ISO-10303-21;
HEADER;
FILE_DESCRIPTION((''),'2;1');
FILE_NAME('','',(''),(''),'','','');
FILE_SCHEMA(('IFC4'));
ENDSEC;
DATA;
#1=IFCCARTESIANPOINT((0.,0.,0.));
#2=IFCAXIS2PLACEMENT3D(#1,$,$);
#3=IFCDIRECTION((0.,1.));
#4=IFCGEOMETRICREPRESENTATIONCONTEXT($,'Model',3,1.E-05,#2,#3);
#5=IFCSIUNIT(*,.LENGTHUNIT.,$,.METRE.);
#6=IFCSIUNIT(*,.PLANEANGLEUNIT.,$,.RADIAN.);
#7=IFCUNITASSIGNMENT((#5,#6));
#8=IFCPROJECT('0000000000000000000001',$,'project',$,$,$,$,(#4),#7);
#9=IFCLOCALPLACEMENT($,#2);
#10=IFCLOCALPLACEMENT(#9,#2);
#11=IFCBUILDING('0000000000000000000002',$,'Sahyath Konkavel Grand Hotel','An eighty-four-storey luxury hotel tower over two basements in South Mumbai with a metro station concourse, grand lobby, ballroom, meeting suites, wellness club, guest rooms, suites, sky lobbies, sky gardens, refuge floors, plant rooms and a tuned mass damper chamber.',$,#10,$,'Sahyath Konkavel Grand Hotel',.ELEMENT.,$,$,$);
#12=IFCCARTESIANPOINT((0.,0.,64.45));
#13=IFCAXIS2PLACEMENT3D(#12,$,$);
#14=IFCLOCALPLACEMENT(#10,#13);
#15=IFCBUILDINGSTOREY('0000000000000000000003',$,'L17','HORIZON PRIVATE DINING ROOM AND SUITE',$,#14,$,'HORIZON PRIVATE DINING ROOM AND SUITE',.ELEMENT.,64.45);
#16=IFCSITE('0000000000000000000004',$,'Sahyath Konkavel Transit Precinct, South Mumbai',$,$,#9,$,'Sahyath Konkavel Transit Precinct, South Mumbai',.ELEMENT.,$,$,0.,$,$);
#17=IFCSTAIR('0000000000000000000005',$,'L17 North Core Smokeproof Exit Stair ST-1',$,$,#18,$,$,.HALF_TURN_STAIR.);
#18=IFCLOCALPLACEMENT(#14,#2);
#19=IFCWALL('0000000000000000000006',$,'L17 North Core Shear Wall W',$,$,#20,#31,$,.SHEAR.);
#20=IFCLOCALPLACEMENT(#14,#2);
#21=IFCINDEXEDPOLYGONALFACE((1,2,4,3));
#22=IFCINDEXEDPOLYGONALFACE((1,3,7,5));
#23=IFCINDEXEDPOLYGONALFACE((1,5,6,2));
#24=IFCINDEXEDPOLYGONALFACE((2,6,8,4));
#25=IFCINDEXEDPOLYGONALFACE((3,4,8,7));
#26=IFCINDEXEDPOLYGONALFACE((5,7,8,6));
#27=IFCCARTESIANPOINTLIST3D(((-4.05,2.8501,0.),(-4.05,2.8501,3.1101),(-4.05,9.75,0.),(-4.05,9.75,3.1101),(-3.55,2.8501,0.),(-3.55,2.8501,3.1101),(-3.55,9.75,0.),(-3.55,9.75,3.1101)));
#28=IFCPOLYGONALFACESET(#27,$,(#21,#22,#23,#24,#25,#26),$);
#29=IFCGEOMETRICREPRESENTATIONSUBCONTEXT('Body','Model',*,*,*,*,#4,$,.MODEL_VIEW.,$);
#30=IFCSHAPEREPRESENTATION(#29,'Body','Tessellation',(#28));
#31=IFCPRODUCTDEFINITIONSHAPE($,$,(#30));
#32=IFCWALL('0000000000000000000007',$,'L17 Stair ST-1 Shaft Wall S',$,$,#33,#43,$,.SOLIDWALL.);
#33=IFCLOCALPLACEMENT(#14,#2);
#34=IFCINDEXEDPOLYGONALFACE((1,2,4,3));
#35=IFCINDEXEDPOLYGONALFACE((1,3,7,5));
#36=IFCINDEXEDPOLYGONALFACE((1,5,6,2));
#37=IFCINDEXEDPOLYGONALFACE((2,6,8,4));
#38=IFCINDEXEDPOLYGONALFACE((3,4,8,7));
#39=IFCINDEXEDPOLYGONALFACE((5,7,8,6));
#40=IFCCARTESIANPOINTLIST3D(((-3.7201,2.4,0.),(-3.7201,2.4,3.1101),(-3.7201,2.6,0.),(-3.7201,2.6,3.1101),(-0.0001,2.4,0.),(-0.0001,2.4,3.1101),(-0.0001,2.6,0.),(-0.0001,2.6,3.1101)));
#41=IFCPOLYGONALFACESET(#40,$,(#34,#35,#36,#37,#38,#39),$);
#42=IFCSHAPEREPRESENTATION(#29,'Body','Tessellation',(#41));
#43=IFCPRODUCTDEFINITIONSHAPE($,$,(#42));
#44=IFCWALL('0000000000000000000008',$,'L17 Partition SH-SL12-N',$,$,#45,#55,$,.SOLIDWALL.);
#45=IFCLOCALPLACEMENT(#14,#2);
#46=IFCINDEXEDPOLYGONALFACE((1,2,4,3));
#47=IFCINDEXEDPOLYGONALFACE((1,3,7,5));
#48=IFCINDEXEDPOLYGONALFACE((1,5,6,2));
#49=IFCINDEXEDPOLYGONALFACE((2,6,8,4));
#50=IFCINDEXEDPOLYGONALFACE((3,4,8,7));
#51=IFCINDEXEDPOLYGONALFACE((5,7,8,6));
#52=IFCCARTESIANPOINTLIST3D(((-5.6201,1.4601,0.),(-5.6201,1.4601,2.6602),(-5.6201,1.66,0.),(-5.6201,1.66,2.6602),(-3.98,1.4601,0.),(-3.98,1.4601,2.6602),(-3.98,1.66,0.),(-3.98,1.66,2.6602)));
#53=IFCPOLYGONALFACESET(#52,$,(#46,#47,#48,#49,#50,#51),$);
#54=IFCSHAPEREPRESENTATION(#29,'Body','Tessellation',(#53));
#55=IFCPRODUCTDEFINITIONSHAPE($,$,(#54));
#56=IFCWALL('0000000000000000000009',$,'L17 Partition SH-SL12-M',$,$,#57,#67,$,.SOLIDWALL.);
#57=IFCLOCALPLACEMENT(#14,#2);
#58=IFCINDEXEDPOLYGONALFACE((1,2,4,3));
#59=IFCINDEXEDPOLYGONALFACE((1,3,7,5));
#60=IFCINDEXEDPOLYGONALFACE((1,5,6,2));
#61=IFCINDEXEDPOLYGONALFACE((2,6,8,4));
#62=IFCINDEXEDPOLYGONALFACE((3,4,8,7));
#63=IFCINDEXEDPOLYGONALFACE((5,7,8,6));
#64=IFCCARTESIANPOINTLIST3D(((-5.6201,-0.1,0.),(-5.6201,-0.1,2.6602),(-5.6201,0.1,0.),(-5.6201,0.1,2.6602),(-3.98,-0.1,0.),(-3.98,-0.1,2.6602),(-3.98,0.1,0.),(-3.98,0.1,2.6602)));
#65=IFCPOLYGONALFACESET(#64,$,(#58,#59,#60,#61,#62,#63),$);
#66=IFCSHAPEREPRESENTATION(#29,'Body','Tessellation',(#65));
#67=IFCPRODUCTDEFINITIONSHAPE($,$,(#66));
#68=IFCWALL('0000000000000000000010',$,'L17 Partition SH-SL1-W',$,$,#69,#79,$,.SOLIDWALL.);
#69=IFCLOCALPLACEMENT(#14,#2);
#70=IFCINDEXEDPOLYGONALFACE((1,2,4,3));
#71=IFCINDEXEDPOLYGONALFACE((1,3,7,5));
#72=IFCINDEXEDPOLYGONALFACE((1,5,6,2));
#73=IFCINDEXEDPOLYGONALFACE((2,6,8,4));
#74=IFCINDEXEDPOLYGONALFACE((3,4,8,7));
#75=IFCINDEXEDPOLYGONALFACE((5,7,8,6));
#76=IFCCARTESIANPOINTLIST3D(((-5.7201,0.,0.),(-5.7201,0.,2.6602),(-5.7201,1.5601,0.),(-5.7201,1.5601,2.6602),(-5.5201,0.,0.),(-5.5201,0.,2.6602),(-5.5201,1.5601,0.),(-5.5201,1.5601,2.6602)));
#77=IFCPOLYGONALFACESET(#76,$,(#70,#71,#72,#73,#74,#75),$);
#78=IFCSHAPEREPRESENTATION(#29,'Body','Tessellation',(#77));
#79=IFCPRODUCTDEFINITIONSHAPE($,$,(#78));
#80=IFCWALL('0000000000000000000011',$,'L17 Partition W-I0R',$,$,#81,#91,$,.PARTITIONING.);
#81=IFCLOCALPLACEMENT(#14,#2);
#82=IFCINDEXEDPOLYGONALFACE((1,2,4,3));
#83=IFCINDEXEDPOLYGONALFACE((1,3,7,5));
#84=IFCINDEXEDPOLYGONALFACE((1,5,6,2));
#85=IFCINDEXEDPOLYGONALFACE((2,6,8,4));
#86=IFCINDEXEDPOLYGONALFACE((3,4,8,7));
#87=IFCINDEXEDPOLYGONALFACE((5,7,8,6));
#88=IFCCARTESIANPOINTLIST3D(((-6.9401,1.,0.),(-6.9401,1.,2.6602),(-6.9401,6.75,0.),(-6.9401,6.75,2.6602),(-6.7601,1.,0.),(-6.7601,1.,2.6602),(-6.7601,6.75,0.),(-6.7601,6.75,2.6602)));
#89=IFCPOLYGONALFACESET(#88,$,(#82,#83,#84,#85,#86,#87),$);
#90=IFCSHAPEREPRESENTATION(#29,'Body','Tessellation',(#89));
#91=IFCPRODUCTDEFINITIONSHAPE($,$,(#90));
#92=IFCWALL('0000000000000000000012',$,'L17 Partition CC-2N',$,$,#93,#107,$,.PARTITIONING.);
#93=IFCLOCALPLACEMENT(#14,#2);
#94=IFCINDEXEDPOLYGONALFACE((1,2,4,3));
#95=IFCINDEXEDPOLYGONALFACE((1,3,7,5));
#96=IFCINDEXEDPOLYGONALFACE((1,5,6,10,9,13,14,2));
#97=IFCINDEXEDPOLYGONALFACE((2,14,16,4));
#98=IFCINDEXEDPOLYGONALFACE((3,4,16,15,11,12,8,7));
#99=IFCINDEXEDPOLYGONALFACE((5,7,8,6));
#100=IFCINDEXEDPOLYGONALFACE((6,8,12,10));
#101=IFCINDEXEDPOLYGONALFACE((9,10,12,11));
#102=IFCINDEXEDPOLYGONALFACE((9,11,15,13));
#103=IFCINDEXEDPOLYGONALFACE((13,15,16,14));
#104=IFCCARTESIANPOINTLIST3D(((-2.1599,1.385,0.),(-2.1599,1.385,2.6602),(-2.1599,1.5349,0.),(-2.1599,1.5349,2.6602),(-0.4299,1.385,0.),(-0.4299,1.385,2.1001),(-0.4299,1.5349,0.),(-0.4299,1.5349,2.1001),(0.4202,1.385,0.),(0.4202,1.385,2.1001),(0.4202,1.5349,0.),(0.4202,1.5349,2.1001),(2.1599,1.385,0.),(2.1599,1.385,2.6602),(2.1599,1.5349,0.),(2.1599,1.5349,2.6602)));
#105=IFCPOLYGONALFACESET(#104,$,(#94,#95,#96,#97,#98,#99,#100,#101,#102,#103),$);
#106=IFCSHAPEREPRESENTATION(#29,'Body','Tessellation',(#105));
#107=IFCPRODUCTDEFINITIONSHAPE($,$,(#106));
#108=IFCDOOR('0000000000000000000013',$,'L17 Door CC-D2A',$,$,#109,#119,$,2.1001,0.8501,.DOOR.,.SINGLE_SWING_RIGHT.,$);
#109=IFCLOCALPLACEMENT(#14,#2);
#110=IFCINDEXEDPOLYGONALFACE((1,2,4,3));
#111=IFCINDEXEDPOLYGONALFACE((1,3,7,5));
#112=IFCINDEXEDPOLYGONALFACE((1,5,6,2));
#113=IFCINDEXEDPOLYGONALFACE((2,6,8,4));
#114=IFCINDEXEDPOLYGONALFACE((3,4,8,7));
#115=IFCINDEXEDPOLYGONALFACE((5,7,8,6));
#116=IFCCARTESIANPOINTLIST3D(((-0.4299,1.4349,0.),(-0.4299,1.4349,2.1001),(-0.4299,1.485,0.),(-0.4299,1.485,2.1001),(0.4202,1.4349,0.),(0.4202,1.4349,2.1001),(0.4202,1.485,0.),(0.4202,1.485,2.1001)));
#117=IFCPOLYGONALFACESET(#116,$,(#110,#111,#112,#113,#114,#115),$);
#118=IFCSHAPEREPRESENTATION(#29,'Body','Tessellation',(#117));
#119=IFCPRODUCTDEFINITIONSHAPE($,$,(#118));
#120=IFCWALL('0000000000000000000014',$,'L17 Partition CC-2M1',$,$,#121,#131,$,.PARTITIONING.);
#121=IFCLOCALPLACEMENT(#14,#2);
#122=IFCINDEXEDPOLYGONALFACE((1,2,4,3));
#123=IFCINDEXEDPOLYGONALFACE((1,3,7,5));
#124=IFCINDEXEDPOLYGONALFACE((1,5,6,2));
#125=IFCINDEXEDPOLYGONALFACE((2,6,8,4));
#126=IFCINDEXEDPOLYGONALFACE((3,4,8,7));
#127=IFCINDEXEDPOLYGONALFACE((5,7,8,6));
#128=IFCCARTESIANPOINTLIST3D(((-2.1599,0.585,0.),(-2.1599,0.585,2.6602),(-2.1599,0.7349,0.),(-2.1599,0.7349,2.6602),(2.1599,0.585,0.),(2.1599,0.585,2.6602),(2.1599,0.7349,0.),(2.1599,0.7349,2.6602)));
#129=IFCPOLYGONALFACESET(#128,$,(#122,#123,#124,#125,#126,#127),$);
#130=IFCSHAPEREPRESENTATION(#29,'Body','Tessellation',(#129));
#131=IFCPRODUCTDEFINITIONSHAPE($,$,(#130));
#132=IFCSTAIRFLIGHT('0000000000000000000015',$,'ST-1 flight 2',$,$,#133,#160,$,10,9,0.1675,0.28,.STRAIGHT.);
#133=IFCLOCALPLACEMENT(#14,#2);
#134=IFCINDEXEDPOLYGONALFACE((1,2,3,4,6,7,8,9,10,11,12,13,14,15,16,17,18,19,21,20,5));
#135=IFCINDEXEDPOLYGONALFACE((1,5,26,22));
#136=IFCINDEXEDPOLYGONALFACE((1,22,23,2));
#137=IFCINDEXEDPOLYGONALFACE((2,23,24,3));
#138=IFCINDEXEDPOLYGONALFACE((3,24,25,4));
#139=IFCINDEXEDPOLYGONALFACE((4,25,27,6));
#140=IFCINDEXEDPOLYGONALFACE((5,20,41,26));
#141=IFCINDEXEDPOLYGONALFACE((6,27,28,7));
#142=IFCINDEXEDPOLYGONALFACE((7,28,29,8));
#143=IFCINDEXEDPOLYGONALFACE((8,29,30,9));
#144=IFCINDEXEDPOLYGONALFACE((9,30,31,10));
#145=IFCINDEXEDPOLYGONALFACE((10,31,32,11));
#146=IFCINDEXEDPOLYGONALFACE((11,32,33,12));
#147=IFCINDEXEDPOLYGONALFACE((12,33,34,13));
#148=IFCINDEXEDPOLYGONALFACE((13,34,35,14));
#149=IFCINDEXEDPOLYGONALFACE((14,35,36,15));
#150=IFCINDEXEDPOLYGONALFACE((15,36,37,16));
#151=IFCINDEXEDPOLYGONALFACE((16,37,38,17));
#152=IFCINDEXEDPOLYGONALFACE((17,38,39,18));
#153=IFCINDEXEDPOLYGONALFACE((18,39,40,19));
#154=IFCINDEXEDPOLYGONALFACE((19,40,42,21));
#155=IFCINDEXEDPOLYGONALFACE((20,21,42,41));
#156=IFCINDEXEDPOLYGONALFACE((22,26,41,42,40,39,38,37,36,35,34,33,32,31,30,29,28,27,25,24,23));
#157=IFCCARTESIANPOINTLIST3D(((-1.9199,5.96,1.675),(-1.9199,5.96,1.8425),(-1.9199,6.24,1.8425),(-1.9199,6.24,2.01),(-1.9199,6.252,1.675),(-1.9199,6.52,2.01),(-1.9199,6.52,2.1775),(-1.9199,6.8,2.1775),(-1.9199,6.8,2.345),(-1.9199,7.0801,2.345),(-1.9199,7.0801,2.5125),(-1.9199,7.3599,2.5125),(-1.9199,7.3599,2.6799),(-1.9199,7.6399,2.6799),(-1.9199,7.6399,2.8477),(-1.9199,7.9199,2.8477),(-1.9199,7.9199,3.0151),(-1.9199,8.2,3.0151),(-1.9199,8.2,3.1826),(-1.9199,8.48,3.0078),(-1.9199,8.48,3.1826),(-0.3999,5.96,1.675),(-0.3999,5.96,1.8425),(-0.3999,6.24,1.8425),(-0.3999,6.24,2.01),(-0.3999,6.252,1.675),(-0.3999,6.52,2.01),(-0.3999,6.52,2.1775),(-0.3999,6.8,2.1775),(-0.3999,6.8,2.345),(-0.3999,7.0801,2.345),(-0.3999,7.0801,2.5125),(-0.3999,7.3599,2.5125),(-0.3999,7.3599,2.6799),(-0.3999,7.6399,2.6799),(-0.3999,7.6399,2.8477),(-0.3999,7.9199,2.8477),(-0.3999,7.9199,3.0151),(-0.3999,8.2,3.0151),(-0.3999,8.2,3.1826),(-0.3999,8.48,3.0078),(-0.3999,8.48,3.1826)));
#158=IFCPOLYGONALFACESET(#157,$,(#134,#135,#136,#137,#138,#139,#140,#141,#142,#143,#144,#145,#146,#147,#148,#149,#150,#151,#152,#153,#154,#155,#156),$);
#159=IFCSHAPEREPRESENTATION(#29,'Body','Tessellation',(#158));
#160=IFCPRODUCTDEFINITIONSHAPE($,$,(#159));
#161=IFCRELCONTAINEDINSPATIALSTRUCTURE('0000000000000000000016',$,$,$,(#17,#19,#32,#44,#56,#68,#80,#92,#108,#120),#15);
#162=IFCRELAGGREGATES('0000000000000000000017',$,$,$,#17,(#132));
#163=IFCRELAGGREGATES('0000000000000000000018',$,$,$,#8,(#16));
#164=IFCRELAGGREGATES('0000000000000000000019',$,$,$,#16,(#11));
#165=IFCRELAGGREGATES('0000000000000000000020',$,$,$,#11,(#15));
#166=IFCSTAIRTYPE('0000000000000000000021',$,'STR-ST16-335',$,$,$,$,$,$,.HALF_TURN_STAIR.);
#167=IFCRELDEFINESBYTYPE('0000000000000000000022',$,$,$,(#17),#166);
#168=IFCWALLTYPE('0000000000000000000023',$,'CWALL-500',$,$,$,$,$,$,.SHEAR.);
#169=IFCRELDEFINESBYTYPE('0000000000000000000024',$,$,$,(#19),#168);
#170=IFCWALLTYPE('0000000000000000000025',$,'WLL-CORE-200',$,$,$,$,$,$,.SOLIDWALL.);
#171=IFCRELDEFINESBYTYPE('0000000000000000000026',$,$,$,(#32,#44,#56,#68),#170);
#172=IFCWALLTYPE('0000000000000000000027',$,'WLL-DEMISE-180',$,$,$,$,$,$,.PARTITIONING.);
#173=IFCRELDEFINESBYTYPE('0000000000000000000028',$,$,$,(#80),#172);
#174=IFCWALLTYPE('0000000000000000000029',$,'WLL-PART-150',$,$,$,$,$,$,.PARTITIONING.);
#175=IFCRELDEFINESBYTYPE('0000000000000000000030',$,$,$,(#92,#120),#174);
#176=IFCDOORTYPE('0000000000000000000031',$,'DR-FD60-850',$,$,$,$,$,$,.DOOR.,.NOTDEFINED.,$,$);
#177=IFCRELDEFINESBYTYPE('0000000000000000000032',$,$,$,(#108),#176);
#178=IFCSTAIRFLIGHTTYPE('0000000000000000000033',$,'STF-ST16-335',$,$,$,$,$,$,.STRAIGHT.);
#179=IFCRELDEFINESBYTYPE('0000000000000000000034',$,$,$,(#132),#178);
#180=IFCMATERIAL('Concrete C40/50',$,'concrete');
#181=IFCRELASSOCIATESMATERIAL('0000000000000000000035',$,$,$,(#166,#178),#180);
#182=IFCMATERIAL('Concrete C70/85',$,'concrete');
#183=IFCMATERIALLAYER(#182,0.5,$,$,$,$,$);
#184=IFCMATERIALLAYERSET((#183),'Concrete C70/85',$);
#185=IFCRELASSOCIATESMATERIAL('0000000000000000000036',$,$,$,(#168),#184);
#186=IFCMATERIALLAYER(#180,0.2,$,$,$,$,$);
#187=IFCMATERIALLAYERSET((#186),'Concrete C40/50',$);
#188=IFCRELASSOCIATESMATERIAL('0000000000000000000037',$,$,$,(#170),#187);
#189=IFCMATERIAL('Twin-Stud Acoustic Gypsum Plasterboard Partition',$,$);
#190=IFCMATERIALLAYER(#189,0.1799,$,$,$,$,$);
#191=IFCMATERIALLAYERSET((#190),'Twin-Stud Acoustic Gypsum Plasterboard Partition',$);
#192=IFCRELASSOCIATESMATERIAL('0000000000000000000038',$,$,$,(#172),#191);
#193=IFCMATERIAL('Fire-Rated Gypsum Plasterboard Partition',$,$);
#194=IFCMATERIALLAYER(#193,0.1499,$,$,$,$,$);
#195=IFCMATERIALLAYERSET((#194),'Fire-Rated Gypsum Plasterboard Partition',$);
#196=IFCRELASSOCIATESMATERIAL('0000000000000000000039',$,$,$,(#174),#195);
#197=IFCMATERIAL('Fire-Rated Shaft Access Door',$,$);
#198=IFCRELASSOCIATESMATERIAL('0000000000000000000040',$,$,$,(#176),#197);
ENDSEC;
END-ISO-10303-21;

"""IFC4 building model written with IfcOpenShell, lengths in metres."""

from ifc_helpers import new_model, si_unit, direction, frame, frame_2d, origin, origin_2d, place, context, subcontext, project, spatial, polyline, rectangle, outline, extrude, source, transform, mapped, material, layer, layer_set, type_object, element, fill, aggregate, save


model = new_model("IFC4")

# Units and contexts
model_context = context("Model", 3, precision=1e-05, world=origin(), true_north=direction((0.0, 1.0)))
body_context = subcontext(model_context, "Body", "Model", "MODEL_VIEW")
ifc_project = project(units=[si_unit("LENGTHUNIT", "METRE"), si_unit("PLANEANGLEUNIT", "RADIAN")], contexts=[model_context])

# Site, building, storey
site_placement = place(None, origin())
site = spatial("IfcSite", under=ifc_project, at=site_placement, Name="Sahyath Konkavel Transit Precinct, South Mumbai", LongName="Sahyath Konkavel Transit Precinct, South Mumbai", CompositionType="ELEMENT", RefElevation=0.0)
building_placement = place(site_placement, origin())
building = spatial("IfcBuilding", under=site, at=building_placement, Name="Sahyath Konkavel Grand Hotel", Description="An eighty-four-storey luxury hotel tower over two basements in South Mumbai with a metro station concourse, grand lobby, ballroom, meeting suites, wellness club, guest rooms, suites, sky lobbies, sky gardens, refuge floors, plant rooms and a tuned mass damper chamber.", LongName="Sahyath Konkavel Grand Hotel", CompositionType="ELEMENT")
storey_placement = place(building_placement, frame((0.0, 0.0, 64.45)))
storey = spatial("IfcBuildingStorey", under=building, at=storey_placement, Name="L17", Description="HORIZON PRIVATE DINING ROOM AND SUITE", LongName="HORIZON PRIVATE DINING ROOM AND SUITE", CompositionType="ELEMENT", Elevation=64.45)

# Shared definitions
ifc_material_1 = material(Name="Concrete C70/85", Category="concrete")

# Shared definitions
ifc_material_2 = material(Name="Concrete C40/50", Category="concrete")

# Stair
stair_type = type_object("IfcStairType", Name="STR-ST16-335", PredefinedType="HALF_TURN_STAIR", material=ifc_material_2)
stair_1_placement = place(storey_placement, origin())
stair_1 = element("IfcStair", 1, at=stair_1_placement, inside=storey, type_object=stair_type, Name="L17 North Core Smokeproof Exit Stair ST-1", PredefinedType="HALF_TURN_STAIR")

# Walls
ifc_layer_1 = layer(ifc_material_1, 0.5)
ifc_layer_set_1 = layer_set([ifc_layer_1], Name="Concrete C70/85")
wall_type_1 = type_object("IfcWallType", Name="CWALL-500", PredefinedType="SHEAR", material=ifc_layer_set_1)
wall_1_placement = place(storey_placement, frame((-3.8, 2.8501, 0.0), z_axis=(0.0, 0.0, 1.0), x_axis=(0.0, 1.0, 0.0)))
element("IfcWall", 2, at=wall_1_placement, inside=storey, type_object=wall_type_1, Name="L17 North Core Shear Wall W", PredefinedType="SHEAR", context=body_context, shape_type="SweptSolid", body=[
    extrude(rectangle(XDim=6.8999, YDim=0.5, at=frame_2d((3.45, 0.0))), origin(), (0.0, 0.0, 1.0), 3.1101),
])
ifc_layer_2 = layer(ifc_material_2, 0.2)
ifc_layer_set_2 = layer_set([ifc_layer_2], Name="Concrete C40/50")
wall_type_2 = type_object("IfcWallType", Name="WLL-CORE-200", PredefinedType="SOLIDWALL", material=ifc_layer_set_2)
wall_2_placement = place(storey_placement, frame((-3.72, 2.5, 0.0), z_axis=(0.0, 0.0, 1.0), x_axis=(1.0, 0.0, 0.0)))
element("IfcWall", 3, at=wall_2_placement, inside=storey, type_object=wall_type_2, Name="L17 Stair ST-1 Shaft Wall S", PredefinedType="SOLIDWALL", context=body_context, shape_type="SweptSolid", body=[
    extrude(rectangle(XDim=3.72, YDim=0.2, at=frame_2d((1.8599, 0.0))), origin(), (0.0, 0.0, 1.0), 3.1101),
])
for number, where, z_axis, x_axis, name in (
    (4, (-5.6201, 1.5601, 0.0), (0.0, 0.0, 1.0), (1.0, 0.0, 0.0), "L17 Partition SH-SL12-N"),
    (5, (-5.6201, 0.0, 0.0), (0.0, 0.0, 1.0), (1.0, 0.0, 0.0), "L17 Partition SH-SL12-M"),
):
    element("IfcWall", number, at=place(storey_placement, frame(where, z_axis=z_axis, x_axis=x_axis)), inside=storey, type_object=wall_type_2, Name=name, PredefinedType="SOLIDWALL", context=body_context, shape_type="SweptSolid", body=[
        extrude(rectangle(XDim=1.6401, YDim=0.2, at=frame_2d((0.8201, 0.0))), origin(), (0.0, 0.0, 1.0), 2.6602),
    ])
wall_3_placement = place(storey_placement, frame((-5.6201, 0.0, 0.0), z_axis=(0.0, 0.0, 1.0), x_axis=(0.0, 1.0, 0.0)))
element("IfcWall", 6, at=wall_3_placement, inside=storey, type_object=wall_type_2, Name="L17 Partition SH-SL1-W", PredefinedType="SOLIDWALL", context=body_context, shape_type="SweptSolid", body=[
    extrude(rectangle(XDim=1.5601, YDim=0.2, at=frame_2d((0.78, 0.0))), origin(), (0.0, 0.0, 1.0), 2.6602),
])
ifc_material_3 = material(Name="Twin-Stud Acoustic Gypsum Plasterboard Partition")
ifc_layer_3 = layer(ifc_material_3, 0.1799)
ifc_layer_set_3 = layer_set([ifc_layer_3], Name="Twin-Stud Acoustic Gypsum Plasterboard Partition")
wall_type_3 = type_object("IfcWallType", Name="WLL-DEMISE-180", PredefinedType="PARTITIONING", material=ifc_layer_set_3)
wall_4_placement = place(storey_placement, frame((-6.8501, 6.75, 0.0), z_axis=(0.0, 0.0, 1.0), x_axis=(0.0, -1.0, 0.0)))
element("IfcWall", 7, at=wall_4_placement, inside=storey, type_object=wall_type_3, Name="L17 Partition W-I0R", PredefinedType="PARTITIONING", context=body_context, shape_type="SweptSolid", body=[
    extrude(rectangle(XDim=5.75, YDim=0.1799, at=frame_2d((2.875, 0.0))), origin(), (0.0, 0.0, 1.0), 2.6602),
])

# Wall, opening, door
ifc_material_4 = material(Name="Fire-Rated Gypsum Plasterboard Partition")
ifc_layer_4 = layer(ifc_material_4, 0.1499)
ifc_layer_set_4 = layer_set([ifc_layer_4], Name="Fire-Rated Gypsum Plasterboard Partition")
wall_type_4 = type_object("IfcWallType", Name="WLL-PART-150", PredefinedType="PARTITIONING", material=ifc_layer_set_4)
wall_5_placement = place(storey_placement, frame((-2.1599, 1.46, 0.0), z_axis=(0.0, 0.0, 1.0), x_axis=(1.0, 0.0, 0.0)))
wall_5 = element("IfcWall", 8, at=wall_5_placement, inside=storey, type_object=wall_type_4, Name="L17 Partition CC-2N", PredefinedType="PARTITIONING", context=body_context, shape_type="SweptSolid", body=[
    extrude(rectangle(XDim=4.3198, YDim=0.1499, at=frame_2d((2.1599, 0.0))), origin(), (0.0, 0.0, 1.0), 2.6602),
])
opening_placement = place(wall_5_placement, frame((1.73, 0.0, 0.0)))
opening = element("IfcOpeningElement", 9, at=opening_placement, cuts=wall_5, PredefinedType="OPENING", context=body_context, shape_type="SweptSolid", body=[
    extrude(rectangle(XDim=0.8501, YDim=2.1001, at=frame_2d((0.425, 1.05))), frame((0.0, 0.085, 0.0), z_axis=(0.0, -1.0, 0.0), x_axis=(1.0, 0.0, 0.0)), (0.0, 0.0, 1.0), 0.1699),
])
ifc_material_5 = material(Name="Fire-Rated Shaft Access Door")
door_type = type_object("IfcDoorType", Name="DR-FD60-850", OperationType="NOTDEFINED", PredefinedType="DOOR", material=ifc_material_5)
shared_shape_1 = source(origin(), body_context, "Body", "SweptSolid", [
    extrude(rectangle(XDim=0.8501, YDim=0.05, at=origin_2d()), origin(), (0.0, 0.0, 1.0), 2.1001),
])
door_placement = place(opening_placement, frame((0.425, 0.0, 0.0)))
door = element("IfcDoor", 10, at=door_placement, inside=storey, type_object=door_type, Name="L17 Door CC-D2A", OperationType="SINGLE_SWING_RIGHT", OverallHeight=2.1001, OverallWidth=0.8501, PredefinedType="DOOR", context=body_context, shape_type="MappedRepresentation", body=[
    mapped(shared_shape_1, transform((0.0, 0.0, 0.0), scale=1.0)),
])
fill(opening, door)

# Wall
wall_6_placement = place(storey_placement, frame((-2.1599, 0.6599, 0.0), z_axis=(0.0, 0.0, 1.0), x_axis=(1.0, 0.0, 0.0)))
element("IfcWall", 11, at=wall_6_placement, inside=storey, type_object=wall_type_4, Name="L17 Partition CC-2M1", PredefinedType="PARTITIONING", context=body_context, shape_type="SweptSolid", body=[
    extrude(rectangle(XDim=4.3198, YDim=0.1499, at=frame_2d((2.1599, 0.0))), origin(), (0.0, 0.0, 1.0), 2.6602),
])

# Stair flight
stair_flight_type = type_object("IfcStairFlightType", Name="STF-ST16-335", PredefinedType="STRAIGHT", material=ifc_material_2)
stair_flight_placement = place(storey_placement, frame((-1.1599, 5.96, 1.675), z_axis=(0.0, 0.0, 1.0), x_axis=(0.0, 1.0, 0.0)))
stair_flight = element("IfcStairFlight", 12, at=stair_flight_placement, type_object=stair_flight_type, Name="ST-1 flight 2", NumberOfRisers=10, NumberOfTreads=9, PredefinedType="STRAIGHT", RiserHeight=0.1675, TreadLength=0.28, context=body_context, shape_type="SweptSolid", body=[
    extrude(outline(polyline([(0.0, 0.0), (0.0, 0.1675), (0.28, 0.1675), (0.28, 0.335), (0.5601, 0.335), (0.5601, 0.5024), (0.8401, 0.5024), (0.8401, 0.6699), (1.1201, 0.6699), (1.1201, 0.8374), (1.3999, 0.8374), (1.3999, 1.0049), (1.6799, 1.0049), (1.6799, 1.1726), (1.96, 1.1726), (1.96, 1.3401), (2.24, 1.3401), (2.24, 1.5076), (2.52, 1.5076), (2.52, 1.675), (2.52, 1.3328), (0.292, 0.0), (0.0, 0.0)])), frame((0.0, 0.76, 0.0), z_axis=(0.0, -1.0, 0.0), x_axis=(1.0, 0.0, 0.0)), (0.0, 0.0, 1.0), 1.52),
])
aggregate(stair_1, [stair_flight])

save(model, "model.ifc")
